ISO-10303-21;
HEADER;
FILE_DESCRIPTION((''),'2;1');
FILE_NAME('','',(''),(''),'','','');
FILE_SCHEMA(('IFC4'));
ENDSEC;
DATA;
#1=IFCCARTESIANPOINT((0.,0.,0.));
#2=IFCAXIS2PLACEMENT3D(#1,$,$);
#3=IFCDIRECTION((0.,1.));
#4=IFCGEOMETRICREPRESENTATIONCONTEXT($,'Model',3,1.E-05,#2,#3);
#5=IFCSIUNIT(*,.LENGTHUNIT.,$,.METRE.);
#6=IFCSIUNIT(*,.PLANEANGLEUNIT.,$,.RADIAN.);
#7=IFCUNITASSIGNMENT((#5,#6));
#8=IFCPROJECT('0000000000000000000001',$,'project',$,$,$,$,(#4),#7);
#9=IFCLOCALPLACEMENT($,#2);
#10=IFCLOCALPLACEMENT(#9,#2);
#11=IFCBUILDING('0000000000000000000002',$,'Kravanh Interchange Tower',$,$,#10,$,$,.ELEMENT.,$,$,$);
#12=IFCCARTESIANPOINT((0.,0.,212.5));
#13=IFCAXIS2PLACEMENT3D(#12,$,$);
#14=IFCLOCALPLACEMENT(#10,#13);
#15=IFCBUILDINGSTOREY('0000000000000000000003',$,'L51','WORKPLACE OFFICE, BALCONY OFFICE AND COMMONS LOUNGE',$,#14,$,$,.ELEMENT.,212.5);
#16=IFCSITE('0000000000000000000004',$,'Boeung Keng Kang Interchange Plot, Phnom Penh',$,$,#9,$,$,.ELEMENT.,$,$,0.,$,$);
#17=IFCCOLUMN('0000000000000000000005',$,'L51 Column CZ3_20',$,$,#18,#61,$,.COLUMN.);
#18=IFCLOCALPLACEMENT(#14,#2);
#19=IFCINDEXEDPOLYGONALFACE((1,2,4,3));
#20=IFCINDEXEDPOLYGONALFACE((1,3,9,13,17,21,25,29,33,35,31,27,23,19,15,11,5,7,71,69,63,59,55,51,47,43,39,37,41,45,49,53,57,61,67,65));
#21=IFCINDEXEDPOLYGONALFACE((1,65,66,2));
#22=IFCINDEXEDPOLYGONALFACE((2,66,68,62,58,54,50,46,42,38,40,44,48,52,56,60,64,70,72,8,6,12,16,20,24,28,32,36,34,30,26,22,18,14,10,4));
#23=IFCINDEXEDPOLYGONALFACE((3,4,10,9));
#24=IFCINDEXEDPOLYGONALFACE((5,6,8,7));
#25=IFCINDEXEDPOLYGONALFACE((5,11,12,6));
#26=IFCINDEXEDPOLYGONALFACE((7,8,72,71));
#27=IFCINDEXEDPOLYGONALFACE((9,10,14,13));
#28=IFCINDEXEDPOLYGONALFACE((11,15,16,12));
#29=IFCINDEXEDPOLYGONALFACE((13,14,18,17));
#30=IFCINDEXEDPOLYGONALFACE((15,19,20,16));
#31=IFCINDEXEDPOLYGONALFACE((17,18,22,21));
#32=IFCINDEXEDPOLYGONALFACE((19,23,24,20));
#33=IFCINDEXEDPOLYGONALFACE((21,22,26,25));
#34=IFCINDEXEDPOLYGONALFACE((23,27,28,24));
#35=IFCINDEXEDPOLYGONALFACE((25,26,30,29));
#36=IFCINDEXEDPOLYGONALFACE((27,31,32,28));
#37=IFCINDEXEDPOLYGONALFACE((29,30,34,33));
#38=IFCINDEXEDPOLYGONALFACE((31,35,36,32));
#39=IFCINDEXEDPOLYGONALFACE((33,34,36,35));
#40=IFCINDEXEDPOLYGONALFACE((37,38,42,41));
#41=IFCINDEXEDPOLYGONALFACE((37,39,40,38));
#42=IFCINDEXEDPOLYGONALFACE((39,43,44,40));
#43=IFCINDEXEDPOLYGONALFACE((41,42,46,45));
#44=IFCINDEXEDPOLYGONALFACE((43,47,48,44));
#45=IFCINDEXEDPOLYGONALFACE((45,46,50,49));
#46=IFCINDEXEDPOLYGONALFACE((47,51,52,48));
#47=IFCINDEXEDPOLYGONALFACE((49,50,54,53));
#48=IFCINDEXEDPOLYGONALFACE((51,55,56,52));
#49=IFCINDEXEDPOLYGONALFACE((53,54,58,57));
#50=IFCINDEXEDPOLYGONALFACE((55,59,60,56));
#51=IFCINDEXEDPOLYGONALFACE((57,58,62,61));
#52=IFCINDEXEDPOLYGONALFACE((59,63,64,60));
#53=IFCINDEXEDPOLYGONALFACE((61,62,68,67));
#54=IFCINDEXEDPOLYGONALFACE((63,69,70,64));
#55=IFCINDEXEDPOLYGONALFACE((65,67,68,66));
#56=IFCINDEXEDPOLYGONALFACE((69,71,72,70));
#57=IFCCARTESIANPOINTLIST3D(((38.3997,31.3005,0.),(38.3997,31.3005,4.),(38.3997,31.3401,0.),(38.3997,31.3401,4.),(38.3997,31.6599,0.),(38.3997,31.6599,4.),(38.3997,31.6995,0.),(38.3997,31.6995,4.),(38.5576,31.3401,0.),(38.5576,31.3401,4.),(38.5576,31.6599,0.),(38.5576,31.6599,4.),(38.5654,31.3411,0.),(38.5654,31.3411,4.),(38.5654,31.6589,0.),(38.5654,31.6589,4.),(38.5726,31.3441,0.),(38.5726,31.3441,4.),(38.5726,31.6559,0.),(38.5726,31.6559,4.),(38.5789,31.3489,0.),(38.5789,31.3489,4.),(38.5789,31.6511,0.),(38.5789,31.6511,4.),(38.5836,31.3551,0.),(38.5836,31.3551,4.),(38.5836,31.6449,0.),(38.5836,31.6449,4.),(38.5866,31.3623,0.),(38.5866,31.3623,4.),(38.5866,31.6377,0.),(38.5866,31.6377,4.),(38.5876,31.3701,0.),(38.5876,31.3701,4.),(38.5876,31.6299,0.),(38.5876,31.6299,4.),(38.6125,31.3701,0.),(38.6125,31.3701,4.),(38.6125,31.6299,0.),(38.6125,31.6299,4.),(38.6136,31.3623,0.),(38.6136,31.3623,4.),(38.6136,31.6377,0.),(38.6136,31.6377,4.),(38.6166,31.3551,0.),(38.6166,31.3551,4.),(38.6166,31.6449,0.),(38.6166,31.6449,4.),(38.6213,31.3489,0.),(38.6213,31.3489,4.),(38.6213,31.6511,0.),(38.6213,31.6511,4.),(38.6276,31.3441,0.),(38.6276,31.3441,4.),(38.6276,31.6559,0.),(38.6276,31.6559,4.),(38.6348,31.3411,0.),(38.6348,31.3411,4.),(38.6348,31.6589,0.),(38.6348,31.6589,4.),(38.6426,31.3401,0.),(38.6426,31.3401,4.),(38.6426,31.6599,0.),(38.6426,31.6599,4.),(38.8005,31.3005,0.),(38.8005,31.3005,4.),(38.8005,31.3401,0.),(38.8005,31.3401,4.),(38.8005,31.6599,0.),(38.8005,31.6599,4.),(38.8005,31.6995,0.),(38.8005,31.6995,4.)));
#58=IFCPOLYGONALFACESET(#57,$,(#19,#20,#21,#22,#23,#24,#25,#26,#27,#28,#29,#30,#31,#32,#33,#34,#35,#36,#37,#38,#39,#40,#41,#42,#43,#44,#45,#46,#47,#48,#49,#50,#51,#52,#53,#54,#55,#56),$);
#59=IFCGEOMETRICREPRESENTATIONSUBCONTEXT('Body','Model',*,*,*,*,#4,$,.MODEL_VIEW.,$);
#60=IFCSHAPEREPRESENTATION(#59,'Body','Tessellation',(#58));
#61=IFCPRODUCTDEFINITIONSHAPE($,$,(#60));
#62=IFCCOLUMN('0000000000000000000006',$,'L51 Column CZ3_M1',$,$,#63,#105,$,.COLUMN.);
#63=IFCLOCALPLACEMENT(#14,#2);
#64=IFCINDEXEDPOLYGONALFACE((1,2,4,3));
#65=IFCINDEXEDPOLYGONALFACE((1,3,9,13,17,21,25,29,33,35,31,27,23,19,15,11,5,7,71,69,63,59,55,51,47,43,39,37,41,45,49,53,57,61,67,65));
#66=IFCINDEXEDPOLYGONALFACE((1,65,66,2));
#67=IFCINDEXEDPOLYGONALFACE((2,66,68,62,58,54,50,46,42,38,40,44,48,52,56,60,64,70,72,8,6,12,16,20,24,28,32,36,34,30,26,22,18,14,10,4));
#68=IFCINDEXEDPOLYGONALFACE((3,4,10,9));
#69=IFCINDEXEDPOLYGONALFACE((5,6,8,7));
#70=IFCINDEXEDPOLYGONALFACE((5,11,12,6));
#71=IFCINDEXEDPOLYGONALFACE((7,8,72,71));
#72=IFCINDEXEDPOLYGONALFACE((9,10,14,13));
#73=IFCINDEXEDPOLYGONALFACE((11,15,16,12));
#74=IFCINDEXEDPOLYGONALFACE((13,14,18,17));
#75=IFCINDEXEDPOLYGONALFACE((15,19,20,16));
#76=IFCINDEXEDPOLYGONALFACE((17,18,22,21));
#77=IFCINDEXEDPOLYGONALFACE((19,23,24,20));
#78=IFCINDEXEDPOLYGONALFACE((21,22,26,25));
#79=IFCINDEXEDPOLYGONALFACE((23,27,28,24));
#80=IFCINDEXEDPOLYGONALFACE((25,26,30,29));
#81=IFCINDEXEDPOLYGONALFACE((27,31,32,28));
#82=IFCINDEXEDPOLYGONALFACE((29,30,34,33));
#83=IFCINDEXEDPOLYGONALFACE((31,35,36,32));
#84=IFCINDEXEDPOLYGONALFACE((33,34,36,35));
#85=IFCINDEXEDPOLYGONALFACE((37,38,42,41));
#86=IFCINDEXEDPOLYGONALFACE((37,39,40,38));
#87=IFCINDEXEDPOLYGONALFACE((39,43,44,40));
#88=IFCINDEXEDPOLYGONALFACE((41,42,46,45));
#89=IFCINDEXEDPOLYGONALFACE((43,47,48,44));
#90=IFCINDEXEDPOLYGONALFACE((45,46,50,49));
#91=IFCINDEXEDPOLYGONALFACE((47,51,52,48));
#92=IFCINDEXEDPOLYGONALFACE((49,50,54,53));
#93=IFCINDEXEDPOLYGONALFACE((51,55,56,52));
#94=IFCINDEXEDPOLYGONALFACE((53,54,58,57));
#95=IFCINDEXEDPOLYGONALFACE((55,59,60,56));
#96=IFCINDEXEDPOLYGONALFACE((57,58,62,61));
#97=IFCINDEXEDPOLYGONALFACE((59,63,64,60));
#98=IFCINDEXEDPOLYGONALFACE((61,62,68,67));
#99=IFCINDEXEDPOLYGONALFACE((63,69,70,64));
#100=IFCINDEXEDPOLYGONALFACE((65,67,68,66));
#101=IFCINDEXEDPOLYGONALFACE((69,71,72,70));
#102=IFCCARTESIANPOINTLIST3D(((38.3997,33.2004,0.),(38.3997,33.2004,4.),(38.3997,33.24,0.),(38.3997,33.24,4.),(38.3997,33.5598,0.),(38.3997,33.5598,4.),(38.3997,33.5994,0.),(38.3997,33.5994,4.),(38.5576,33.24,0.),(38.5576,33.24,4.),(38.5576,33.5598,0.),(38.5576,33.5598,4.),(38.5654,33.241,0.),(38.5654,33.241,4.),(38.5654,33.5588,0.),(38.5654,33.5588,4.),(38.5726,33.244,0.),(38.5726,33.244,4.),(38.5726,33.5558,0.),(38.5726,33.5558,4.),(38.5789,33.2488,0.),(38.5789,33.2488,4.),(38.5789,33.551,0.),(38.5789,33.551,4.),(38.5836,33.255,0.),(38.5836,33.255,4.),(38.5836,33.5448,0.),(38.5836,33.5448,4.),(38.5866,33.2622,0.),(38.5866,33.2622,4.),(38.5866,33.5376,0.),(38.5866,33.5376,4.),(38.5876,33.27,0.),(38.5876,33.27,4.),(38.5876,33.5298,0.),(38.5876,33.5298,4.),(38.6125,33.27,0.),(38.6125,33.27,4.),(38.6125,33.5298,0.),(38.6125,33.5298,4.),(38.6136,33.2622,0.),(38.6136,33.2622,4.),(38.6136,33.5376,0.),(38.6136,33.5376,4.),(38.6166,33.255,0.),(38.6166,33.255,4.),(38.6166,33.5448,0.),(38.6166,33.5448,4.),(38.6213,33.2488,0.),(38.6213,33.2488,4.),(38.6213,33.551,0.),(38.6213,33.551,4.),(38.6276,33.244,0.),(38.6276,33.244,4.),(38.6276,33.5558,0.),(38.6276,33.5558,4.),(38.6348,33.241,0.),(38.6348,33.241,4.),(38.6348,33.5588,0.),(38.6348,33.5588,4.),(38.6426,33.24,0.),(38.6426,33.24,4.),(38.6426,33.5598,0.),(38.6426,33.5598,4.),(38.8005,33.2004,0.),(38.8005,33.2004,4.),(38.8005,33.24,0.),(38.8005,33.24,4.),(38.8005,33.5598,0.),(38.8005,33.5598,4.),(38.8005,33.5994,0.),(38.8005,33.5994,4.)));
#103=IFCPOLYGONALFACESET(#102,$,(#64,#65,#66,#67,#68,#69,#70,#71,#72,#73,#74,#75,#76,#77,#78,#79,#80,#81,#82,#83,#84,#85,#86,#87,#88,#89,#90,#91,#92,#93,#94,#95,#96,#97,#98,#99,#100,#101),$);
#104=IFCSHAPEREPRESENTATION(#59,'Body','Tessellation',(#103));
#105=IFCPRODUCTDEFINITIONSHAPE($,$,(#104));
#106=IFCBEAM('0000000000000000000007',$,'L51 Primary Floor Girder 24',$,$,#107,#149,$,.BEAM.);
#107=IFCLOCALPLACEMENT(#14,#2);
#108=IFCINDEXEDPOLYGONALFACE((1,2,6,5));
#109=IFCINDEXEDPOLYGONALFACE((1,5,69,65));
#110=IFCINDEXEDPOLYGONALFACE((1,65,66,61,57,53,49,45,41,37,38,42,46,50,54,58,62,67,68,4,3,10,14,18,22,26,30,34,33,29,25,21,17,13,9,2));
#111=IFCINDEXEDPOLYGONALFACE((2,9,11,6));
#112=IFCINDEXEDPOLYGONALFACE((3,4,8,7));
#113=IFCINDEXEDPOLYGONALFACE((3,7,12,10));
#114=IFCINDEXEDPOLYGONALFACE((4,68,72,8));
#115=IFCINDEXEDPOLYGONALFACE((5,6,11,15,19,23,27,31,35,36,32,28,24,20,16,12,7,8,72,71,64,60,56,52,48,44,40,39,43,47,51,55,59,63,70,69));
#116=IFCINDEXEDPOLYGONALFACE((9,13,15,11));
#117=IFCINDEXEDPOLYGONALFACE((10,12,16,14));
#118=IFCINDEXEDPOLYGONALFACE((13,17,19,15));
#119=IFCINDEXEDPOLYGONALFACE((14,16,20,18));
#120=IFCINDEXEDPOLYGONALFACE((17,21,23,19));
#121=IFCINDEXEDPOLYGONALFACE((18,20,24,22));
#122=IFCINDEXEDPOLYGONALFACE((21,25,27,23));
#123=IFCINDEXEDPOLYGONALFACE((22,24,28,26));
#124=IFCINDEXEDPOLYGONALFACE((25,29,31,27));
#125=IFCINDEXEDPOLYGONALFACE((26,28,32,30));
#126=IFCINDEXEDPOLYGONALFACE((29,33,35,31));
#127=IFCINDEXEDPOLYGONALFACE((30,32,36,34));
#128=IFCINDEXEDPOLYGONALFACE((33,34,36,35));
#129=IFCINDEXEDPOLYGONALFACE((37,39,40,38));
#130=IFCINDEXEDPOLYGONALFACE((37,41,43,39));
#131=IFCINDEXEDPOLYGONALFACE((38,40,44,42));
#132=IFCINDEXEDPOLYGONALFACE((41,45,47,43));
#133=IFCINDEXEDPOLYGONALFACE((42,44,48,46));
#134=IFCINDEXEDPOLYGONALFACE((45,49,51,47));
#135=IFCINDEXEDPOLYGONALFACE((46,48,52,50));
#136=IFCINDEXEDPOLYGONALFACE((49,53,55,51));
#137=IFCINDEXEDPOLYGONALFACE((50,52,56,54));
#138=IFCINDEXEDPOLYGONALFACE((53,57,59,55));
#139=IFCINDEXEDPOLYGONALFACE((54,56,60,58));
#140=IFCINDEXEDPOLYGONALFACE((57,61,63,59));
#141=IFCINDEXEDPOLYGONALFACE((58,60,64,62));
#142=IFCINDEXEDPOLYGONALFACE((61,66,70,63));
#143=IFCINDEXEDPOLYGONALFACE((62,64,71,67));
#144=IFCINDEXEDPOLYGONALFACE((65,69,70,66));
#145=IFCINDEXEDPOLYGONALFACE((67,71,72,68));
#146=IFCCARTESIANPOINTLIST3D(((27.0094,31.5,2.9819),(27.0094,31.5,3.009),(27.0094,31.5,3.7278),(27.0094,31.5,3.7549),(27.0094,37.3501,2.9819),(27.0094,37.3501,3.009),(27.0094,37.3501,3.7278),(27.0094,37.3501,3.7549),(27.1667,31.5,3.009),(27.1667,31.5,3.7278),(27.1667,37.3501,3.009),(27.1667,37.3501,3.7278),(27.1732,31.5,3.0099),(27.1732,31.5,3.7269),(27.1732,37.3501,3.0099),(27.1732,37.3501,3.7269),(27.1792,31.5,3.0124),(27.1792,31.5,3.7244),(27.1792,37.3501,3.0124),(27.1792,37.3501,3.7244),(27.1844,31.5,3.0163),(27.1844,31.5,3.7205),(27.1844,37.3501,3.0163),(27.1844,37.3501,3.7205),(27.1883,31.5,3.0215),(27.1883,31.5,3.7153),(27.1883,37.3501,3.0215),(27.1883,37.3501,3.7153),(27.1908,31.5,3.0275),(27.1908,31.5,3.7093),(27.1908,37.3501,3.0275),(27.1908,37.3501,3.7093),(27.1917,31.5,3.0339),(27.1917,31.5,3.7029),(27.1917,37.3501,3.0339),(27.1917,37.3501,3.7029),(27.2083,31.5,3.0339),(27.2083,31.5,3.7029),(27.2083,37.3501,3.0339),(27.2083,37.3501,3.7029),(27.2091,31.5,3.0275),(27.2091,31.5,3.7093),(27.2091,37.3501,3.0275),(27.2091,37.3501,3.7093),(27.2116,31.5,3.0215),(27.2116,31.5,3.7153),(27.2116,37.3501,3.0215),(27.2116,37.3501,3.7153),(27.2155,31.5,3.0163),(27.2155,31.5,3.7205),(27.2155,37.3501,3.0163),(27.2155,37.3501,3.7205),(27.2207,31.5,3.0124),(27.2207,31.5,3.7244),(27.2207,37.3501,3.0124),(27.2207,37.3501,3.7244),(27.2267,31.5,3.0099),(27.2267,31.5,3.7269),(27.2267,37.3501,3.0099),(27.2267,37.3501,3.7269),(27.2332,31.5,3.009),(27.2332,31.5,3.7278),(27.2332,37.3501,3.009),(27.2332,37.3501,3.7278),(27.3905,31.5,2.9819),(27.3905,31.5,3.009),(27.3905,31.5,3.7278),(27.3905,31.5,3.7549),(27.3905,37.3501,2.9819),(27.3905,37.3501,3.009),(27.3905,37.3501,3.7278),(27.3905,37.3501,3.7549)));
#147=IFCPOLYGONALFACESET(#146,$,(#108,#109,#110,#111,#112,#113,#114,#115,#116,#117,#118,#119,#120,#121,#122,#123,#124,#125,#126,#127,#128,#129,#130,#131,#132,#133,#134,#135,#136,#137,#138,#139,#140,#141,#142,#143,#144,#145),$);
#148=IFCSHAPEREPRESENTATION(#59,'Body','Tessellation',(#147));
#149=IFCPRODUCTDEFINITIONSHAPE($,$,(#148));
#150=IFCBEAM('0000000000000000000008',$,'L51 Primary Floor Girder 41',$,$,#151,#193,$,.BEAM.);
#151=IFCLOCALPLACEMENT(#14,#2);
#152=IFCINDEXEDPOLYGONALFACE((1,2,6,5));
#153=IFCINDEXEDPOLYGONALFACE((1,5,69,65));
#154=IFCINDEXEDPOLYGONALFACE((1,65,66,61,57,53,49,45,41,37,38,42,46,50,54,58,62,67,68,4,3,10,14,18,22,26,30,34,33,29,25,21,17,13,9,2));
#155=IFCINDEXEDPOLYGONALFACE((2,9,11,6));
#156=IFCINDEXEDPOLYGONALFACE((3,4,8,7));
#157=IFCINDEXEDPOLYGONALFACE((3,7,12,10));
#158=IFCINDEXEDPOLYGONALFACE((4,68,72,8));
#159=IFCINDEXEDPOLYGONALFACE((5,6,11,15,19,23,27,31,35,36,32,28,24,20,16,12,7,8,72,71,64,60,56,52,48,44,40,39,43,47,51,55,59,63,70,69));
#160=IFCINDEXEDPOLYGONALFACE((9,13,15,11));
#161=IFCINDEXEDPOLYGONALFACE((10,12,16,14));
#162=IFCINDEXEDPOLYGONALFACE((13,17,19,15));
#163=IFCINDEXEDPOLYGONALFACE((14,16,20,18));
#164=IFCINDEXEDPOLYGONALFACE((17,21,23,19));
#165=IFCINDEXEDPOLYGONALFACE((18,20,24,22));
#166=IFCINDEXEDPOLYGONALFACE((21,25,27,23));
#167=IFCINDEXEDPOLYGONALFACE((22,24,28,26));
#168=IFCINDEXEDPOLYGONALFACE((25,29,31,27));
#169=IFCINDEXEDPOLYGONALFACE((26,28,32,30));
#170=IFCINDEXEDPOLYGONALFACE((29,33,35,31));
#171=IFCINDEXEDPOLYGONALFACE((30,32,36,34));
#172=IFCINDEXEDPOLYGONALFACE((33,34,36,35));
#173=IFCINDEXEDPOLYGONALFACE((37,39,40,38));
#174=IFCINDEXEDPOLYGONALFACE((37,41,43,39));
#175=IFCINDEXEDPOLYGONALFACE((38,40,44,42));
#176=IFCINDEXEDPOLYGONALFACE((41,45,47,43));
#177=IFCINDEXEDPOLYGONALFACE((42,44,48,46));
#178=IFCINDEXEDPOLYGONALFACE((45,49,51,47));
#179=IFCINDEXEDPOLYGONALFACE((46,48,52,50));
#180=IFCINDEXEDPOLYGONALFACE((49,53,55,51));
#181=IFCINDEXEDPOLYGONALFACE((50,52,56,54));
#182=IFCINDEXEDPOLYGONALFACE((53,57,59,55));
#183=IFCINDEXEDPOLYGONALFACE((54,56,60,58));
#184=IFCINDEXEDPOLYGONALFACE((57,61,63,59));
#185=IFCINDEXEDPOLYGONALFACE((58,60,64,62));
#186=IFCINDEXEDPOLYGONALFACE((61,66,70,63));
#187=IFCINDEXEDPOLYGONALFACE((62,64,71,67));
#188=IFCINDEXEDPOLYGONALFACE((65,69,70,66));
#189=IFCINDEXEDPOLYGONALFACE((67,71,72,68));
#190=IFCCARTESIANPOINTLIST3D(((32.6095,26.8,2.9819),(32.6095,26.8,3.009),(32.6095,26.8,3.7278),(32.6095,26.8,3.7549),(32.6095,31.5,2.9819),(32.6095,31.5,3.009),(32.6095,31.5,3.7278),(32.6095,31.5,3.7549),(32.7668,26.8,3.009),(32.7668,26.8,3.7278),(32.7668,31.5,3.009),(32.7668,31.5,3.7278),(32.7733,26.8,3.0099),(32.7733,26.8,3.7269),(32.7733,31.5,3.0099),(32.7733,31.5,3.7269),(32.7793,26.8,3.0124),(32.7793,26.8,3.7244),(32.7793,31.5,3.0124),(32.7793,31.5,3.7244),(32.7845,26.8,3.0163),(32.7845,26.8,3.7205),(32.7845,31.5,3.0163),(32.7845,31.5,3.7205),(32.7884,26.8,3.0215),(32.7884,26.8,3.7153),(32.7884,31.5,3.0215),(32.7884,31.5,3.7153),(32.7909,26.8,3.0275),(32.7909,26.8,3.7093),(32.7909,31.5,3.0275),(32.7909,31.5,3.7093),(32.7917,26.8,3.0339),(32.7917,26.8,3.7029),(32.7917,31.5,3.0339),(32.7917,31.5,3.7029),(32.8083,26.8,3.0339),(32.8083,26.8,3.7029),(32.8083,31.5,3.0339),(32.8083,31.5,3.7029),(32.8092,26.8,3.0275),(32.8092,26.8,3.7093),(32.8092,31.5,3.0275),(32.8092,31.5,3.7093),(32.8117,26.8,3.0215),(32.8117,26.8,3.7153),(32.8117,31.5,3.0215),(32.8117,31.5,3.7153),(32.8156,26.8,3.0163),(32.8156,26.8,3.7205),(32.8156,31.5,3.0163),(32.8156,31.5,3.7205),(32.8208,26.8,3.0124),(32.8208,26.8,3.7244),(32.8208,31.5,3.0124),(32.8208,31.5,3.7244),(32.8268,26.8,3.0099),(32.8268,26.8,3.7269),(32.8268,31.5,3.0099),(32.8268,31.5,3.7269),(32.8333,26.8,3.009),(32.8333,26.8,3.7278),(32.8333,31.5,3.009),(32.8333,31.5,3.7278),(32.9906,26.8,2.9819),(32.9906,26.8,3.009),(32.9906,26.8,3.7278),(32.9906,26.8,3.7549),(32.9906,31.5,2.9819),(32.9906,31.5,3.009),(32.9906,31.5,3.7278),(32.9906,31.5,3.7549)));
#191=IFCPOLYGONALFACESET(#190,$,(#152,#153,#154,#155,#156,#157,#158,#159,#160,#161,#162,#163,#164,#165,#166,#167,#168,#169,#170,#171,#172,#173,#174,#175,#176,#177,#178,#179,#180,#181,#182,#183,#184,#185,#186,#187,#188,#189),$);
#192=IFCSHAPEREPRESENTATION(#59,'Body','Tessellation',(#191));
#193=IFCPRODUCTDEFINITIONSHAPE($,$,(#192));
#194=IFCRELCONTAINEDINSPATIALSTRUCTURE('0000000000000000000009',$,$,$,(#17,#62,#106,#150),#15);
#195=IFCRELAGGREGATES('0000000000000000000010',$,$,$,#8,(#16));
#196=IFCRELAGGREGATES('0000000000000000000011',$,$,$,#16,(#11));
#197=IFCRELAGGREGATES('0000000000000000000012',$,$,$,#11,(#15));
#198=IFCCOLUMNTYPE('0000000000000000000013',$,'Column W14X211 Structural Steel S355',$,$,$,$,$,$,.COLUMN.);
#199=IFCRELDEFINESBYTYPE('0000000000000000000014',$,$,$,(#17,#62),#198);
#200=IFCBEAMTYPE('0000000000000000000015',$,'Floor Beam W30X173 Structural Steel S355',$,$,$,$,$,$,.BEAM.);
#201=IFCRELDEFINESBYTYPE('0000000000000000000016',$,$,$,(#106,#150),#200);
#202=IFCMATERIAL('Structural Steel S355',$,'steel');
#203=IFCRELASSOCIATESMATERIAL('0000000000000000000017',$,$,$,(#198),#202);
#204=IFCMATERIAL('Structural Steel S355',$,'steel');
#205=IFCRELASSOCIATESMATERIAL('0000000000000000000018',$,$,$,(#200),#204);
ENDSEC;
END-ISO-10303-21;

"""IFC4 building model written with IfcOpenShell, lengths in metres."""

from ifc_helpers import new_model, si_unit, direction, frame, origin, origin_2d, place, context, subcontext, project, spatial, i_section, extrude, material, material_profile, profile_set, type_object, element, save


model = new_model("IFC4")

# Units and contexts
model_context = context("Model", 3, precision=1e-05, world=origin(), true_north=direction((0.0, 1.0)))
body_context = subcontext(model_context, "Body", "Model", "MODEL_VIEW")
ifc_project = project(units=[si_unit("LENGTHUNIT", "METRE"), si_unit("PLANEANGLEUNIT", "RADIAN")], contexts=[model_context])

# Site, building, storey
site_placement = place(None, origin())
site = spatial("IfcSite", under=ifc_project, at=site_placement, Name="Boeung Keng Kang Interchange Plot, Phnom Penh", CompositionType="ELEMENT", RefElevation=0.0)
building_placement = place(site_placement, origin())
building = spatial("IfcBuilding", under=site, at=building_placement, Name="Kravanh Interchange Tower", CompositionType="ELEMENT")
storey_placement = place(building_placement, frame((0.0, 0.0, 212.5)))
storey = spatial("IfcBuildingStorey", under=building, at=storey_placement, Name="L51", Description="WORKPLACE OFFICE, BALCONY OFFICE AND COMMONS LOUNGE", CompositionType="ELEMENT", Elevation=212.5)

# Columns
ifc_material_1 = material(Name="Structural Steel S355", Category="steel")
ifc_material_profile_1 = material_profile(ifc_material_1, i_section(OverallWidth=0.4009, OverallDepth=0.3989, WebThickness=0.0249, FlangeThickness=0.0396, FilletRadius=0.03, at=origin_2d()), Name="W14X211")
ifc_profile_set_1 = profile_set([ifc_material_profile_1], Name="Structural Steel S355")
column_type_1 = type_object("IfcColumnType", Name="Column W14X211 Structural Steel S355", PredefinedType="COLUMN", material=ifc_profile_set_1)
for number, where, z_axis, x_axis, name in (
    (1, (38.6001, 31.5, 0.0), (0.0, 0.0, 1.0), (1.0, 0.0, 0.0), "L51 Column CZ3_20"),
    (2, (38.6001, 33.3999, 0.0), (0.0, 0.0, 1.0), (1.0, 0.0, 0.0), "L51 Column CZ3_M1"),
):
    element("IfcColumn", number, at=place(storey_placement, frame(where, z_axis=z_axis, x_axis=x_axis)), inside=storey, type_object=column_type_1, Name=name, PredefinedType="COLUMN", context=body_context, shape_type="SweptSolid", body=[
        extrude(i_section(OverallWidth=0.4009, OverallDepth=0.3989, WebThickness=0.0249, FlangeThickness=0.0396, FilletRadius=0.03, at=origin_2d()), origin(), (0.0, 0.0, 1.0), 4.0),
    ])

# Beams
ifc_material_2 = material(Name="Structural Steel S355", Category="steel")
ifc_material_profile_2 = material_profile(ifc_material_2, i_section(OverallWidth=0.3811, OverallDepth=0.7729, WebThickness=0.0166, FlangeThickness=0.0271, FilletRadius=0.0249, at=origin_2d()), Name="W30X173")
ifc_profile_set_2 = profile_set([ifc_material_profile_2], Name="Structural Steel S355")
beam_type_1 = type_object("IfcBeamType", Name="Floor Beam W30X173 Structural Steel S355", PredefinedType="BEAM", material=ifc_profile_set_2)
beam_1_placement = place(storey_placement, frame((27.2, 37.3501, 3.3684), z_axis=(0.0, -1.0, 0.0), x_axis=(1.0, 0.0, 0.0)))
element("IfcBeam", 3, at=beam_1_placement, inside=storey, type_object=beam_type_1, Name="L51 Primary Floor Girder 24", PredefinedType="BEAM", context=body_context, shape_type="SweptSolid", body=[
    extrude(i_section(OverallWidth=0.3811, OverallDepth=0.7729, WebThickness=0.0166, FlangeThickness=0.0271, FilletRadius=0.0249, at=origin_2d()), origin(), (0.0, 0.0, 1.0), 5.8501),
])
beam_2_placement = place(storey_placement, frame((32.8, 26.8, 3.3684), z_axis=(0.0, 1.0, 0.0), x_axis=(-1.0, 0.0, 0.0)))
element("IfcBeam", 4, at=beam_2_placement, inside=storey, type_object=beam_type_1, Name="L51 Primary Floor Girder 41", PredefinedType="BEAM", context=body_context, shape_type="SweptSolid", body=[
    extrude(i_section(OverallWidth=0.3811, OverallDepth=0.7729, WebThickness=0.0166, FlangeThickness=0.0271, FilletRadius=0.0249, at=origin_2d()), origin(), (0.0, 0.0, 1.0), 4.7),
])

save(model, "model.ifc")
